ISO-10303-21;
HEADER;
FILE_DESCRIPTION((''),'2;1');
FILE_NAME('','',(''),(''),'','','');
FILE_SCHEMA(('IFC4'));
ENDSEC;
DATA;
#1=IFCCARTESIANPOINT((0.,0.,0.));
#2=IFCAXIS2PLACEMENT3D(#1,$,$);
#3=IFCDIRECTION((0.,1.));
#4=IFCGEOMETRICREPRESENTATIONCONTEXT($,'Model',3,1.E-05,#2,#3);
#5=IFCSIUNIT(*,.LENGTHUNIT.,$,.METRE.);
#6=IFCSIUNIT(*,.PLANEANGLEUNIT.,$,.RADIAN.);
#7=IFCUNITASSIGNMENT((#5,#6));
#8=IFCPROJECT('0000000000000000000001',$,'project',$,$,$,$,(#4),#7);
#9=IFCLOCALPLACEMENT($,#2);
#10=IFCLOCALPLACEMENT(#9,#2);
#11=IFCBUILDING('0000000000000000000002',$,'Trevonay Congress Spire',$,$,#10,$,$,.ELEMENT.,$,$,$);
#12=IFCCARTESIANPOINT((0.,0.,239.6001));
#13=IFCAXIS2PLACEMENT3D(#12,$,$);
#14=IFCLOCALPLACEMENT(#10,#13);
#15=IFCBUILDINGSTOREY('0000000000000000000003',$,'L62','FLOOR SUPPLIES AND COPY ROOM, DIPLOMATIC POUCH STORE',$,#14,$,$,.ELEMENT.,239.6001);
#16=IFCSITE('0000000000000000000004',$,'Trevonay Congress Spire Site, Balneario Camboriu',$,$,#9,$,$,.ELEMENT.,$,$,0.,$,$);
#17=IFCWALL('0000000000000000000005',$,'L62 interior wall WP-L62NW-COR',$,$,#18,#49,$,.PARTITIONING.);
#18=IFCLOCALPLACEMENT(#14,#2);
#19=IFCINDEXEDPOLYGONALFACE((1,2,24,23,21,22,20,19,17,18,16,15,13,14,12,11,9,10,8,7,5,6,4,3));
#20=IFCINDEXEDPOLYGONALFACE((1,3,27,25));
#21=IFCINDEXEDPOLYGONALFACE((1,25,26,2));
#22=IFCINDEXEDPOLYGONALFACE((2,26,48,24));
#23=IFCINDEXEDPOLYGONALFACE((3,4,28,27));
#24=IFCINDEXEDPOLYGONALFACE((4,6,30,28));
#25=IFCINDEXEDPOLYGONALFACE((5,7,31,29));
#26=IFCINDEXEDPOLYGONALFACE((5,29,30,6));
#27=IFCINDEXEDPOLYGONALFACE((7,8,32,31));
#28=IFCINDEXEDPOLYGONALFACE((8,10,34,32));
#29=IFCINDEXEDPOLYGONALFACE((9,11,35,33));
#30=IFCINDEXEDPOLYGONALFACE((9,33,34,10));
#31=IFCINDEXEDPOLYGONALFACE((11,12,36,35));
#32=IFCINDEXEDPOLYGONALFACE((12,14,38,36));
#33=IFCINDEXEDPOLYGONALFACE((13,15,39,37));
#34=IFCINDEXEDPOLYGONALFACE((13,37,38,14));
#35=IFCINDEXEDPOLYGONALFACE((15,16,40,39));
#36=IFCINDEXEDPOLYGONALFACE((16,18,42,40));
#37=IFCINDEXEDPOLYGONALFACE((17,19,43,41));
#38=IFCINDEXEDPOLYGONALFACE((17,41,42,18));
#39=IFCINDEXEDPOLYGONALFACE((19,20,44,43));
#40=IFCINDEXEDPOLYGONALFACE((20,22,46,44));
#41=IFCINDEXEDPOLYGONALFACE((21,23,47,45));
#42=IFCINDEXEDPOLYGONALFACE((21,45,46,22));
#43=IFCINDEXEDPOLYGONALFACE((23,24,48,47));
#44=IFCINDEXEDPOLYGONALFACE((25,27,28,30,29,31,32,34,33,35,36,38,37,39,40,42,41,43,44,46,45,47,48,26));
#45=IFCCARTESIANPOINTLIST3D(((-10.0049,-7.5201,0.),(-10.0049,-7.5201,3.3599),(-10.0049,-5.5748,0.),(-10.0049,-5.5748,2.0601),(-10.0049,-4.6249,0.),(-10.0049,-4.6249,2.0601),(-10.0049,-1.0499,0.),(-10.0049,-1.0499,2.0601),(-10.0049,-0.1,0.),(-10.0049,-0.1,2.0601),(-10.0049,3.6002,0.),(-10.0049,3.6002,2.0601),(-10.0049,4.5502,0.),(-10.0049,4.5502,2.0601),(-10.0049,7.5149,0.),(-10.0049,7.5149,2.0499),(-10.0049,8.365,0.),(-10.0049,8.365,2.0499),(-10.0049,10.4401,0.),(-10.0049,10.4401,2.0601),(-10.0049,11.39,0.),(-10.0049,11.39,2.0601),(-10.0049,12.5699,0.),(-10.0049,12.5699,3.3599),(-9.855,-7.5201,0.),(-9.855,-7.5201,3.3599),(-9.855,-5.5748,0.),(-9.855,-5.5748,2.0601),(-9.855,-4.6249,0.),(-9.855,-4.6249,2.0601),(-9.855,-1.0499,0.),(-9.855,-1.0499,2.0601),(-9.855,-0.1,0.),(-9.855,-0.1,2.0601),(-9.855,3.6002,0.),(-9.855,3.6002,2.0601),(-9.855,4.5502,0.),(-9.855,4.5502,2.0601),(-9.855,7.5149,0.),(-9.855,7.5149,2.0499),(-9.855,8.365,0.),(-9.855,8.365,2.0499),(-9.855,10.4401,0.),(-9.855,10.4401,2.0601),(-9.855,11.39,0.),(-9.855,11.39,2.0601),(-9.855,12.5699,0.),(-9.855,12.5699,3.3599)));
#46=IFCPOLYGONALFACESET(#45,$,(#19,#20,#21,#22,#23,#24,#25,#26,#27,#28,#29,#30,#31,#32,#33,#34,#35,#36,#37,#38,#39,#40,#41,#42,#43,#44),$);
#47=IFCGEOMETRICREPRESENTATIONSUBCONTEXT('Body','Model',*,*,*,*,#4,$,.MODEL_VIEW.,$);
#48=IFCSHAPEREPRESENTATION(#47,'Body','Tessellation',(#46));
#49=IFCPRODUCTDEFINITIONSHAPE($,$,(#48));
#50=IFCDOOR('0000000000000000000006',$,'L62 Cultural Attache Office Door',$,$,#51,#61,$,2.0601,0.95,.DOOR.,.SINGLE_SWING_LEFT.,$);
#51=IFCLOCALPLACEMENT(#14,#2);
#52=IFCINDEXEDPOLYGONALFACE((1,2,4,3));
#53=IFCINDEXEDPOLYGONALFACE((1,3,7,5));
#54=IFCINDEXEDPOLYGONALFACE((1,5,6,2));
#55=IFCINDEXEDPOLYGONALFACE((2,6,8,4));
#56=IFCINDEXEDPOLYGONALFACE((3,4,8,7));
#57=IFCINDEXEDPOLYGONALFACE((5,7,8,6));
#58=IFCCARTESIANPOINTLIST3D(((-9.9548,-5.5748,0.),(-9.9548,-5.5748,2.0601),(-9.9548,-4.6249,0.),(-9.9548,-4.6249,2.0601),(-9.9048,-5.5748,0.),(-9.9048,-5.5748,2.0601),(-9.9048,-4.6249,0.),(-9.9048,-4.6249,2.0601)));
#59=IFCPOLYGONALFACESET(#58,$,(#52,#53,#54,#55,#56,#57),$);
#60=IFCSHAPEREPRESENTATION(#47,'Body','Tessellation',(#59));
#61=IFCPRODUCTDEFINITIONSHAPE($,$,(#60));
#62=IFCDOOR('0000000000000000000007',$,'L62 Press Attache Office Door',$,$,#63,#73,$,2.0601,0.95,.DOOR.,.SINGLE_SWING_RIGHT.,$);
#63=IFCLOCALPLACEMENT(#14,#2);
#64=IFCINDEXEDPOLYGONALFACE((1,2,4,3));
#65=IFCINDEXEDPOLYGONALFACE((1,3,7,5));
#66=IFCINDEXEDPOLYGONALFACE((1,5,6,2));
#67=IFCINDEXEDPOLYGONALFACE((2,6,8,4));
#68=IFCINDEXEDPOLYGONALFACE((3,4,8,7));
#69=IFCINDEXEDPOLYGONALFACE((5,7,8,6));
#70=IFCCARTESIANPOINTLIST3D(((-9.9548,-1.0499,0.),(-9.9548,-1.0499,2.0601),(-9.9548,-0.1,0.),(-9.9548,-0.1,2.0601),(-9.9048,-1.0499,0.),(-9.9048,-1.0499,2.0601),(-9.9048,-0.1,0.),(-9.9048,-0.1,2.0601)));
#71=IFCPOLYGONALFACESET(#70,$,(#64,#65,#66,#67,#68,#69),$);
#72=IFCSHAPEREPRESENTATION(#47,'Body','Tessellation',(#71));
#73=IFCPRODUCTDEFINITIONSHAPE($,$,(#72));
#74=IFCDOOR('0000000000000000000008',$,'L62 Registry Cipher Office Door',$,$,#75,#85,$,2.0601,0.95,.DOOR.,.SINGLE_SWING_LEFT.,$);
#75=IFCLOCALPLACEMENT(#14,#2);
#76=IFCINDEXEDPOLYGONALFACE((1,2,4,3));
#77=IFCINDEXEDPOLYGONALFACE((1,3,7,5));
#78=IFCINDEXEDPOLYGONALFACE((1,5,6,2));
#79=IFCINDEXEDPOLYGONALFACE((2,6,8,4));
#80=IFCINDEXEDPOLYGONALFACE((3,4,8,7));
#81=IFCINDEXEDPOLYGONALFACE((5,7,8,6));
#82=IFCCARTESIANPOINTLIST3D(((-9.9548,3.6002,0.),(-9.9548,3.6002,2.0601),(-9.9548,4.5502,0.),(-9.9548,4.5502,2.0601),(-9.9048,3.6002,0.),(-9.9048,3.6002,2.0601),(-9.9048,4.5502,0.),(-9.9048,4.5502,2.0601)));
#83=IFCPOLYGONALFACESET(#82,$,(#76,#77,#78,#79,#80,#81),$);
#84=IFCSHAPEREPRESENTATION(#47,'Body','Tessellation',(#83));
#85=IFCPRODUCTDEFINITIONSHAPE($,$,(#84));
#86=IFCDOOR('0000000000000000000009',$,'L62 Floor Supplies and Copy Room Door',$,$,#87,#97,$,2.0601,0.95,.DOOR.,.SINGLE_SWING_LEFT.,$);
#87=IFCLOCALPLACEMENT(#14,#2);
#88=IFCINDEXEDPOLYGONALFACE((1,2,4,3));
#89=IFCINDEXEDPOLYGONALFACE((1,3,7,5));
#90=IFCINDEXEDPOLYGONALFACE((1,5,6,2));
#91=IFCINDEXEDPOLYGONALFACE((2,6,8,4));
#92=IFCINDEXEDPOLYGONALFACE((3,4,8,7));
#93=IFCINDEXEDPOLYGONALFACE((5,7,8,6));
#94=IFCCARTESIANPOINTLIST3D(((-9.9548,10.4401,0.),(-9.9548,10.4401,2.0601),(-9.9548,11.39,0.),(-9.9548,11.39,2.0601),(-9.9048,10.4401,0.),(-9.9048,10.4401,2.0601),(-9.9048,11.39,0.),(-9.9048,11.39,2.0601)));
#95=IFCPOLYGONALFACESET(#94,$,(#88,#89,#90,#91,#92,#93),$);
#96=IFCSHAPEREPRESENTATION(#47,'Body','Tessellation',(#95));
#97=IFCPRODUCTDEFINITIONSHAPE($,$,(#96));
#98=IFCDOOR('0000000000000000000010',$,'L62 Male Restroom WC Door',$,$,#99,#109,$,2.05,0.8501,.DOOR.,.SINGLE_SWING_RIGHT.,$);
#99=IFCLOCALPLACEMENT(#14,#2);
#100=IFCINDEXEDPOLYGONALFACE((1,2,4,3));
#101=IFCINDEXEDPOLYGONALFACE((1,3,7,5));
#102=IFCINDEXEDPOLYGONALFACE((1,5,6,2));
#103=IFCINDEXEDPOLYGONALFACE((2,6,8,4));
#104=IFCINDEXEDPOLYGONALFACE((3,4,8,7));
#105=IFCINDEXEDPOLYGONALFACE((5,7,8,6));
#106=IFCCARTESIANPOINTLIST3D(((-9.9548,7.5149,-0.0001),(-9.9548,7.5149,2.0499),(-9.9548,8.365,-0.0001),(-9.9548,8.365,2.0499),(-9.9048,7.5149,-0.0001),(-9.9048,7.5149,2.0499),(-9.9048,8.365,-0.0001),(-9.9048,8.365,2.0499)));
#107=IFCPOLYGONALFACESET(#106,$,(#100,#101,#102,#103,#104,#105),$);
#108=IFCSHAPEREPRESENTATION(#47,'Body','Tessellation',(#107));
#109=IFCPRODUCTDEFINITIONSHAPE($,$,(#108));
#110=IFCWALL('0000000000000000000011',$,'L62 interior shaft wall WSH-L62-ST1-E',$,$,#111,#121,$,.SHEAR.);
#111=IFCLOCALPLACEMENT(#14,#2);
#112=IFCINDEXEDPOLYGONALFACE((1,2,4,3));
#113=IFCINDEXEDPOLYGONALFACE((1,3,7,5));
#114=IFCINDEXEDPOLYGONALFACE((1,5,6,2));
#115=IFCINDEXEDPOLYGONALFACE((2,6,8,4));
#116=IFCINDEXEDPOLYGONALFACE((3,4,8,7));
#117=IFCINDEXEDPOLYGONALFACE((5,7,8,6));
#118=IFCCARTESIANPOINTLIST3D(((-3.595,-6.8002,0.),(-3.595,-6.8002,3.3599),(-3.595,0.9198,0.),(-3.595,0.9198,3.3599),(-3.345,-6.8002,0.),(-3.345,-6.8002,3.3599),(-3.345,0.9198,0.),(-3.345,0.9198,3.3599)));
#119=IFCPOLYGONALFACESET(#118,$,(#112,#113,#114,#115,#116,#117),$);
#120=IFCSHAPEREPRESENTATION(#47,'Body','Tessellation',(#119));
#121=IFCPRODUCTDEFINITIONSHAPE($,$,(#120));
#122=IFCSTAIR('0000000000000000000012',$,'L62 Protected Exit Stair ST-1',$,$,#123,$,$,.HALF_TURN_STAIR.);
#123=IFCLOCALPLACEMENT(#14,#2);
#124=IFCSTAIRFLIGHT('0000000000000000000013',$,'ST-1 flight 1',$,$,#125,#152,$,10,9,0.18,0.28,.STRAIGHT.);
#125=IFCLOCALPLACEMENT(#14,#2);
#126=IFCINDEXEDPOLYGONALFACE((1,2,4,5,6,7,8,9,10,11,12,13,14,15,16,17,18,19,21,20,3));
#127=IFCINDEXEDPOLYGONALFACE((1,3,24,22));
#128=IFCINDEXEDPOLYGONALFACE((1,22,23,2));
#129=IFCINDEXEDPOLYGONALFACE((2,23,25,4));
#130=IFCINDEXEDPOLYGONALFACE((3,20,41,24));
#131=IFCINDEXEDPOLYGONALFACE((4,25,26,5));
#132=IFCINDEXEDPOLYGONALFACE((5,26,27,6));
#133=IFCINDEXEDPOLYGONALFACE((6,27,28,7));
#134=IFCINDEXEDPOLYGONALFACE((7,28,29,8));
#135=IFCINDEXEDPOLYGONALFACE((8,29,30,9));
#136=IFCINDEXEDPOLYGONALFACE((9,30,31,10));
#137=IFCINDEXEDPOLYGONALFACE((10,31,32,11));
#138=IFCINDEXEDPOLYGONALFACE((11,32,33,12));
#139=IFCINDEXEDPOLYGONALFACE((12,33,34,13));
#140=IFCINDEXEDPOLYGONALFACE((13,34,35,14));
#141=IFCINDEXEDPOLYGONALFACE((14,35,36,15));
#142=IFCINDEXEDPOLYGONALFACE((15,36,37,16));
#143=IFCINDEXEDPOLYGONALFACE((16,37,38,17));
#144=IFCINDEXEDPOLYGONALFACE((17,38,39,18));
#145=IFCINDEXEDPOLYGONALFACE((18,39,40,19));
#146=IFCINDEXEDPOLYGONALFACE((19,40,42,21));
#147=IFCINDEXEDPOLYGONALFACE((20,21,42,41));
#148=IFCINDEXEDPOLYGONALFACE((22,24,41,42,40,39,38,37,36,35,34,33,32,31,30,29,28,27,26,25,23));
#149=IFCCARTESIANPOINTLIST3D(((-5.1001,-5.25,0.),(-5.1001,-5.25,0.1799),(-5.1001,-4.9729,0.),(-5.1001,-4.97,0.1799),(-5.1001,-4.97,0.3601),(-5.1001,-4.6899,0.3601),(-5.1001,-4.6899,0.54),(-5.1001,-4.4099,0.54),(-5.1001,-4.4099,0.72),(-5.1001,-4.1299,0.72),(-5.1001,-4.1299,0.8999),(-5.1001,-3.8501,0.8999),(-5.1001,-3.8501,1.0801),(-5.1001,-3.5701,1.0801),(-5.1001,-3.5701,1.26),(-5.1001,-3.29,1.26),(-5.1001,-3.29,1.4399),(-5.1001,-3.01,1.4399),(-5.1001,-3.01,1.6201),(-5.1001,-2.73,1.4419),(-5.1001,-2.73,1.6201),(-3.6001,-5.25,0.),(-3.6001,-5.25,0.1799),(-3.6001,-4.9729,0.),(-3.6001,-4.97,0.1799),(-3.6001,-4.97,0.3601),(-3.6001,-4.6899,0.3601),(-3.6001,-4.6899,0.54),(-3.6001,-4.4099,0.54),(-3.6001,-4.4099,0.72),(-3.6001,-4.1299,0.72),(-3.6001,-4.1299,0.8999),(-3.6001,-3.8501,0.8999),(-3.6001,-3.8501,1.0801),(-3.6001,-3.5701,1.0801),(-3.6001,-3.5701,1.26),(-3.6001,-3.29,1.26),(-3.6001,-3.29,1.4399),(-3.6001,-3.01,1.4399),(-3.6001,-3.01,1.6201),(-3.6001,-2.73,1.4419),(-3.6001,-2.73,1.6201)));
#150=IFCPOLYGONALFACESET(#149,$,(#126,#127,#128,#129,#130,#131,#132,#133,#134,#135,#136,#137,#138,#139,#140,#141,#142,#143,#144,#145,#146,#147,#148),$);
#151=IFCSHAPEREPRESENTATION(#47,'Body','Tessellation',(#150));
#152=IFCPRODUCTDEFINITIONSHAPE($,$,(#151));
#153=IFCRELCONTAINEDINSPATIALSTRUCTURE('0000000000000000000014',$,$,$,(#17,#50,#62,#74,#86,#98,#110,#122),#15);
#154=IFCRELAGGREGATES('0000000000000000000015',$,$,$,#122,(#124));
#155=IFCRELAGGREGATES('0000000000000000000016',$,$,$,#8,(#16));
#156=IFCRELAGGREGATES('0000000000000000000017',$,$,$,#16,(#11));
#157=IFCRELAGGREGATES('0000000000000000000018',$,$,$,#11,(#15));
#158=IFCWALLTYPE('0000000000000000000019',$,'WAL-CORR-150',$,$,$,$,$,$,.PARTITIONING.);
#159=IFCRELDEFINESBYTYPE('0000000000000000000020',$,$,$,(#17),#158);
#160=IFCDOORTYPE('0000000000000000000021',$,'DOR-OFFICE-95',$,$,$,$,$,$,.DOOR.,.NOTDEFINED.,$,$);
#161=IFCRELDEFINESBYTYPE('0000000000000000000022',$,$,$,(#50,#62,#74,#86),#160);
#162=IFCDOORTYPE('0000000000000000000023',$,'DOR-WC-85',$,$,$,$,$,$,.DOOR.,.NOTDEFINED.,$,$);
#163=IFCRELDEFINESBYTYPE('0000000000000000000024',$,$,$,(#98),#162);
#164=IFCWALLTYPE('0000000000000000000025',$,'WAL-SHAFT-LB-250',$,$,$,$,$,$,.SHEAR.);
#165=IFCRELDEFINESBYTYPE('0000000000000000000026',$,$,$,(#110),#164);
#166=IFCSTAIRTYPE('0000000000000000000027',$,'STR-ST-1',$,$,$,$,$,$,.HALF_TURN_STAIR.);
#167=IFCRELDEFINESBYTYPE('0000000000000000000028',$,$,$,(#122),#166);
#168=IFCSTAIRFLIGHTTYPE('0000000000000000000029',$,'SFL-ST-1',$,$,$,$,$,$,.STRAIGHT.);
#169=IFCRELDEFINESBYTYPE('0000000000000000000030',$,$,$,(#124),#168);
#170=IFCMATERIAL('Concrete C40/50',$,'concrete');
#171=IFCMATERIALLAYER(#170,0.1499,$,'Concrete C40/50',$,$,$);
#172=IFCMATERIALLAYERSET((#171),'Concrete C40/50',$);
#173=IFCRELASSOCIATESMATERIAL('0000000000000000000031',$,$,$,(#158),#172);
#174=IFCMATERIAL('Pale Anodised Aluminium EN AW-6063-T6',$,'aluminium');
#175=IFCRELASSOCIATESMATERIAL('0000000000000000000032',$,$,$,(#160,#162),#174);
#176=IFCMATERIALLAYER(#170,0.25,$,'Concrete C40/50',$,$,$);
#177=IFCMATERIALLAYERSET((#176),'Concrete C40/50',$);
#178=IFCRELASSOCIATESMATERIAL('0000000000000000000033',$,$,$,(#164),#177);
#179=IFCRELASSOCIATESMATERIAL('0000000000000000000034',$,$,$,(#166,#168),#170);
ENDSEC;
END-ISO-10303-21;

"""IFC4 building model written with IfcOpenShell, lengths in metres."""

from ifc_helpers import new_model, si_unit, direction, frame, frame_2d, origin, place, context, subcontext, project, spatial, polyline, rectangle, outline, extrude, material, layer, layer_set, type_object, element, fill, aggregate, save


model = new_model("IFC4")

# Units and contexts
model_context = context("Model", 3, precision=1e-05, world=origin(), true_north=direction((0.0, 1.0)))
body_context = subcontext(model_context, "Body", "Model", "MODEL_VIEW")
ifc_project = project(units=[si_unit("LENGTHUNIT", "METRE"), si_unit("PLANEANGLEUNIT", "RADIAN")], contexts=[model_context])

# Site, building, storey
site_placement = place(None, origin())
site = spatial("IfcSite", under=ifc_project, at=site_placement, Name="Trevonay Congress Spire Site, Balneario Camboriu", CompositionType="ELEMENT", RefElevation=0.0)
building_placement = place(site_placement, origin())
building = spatial("IfcBuilding", under=site, at=building_placement, Name="Trevonay Congress Spire", CompositionType="ELEMENT")
storey_placement = place(building_placement, frame((0.0, 0.0, 239.6001)))
storey = spatial("IfcBuildingStorey", under=building, at=storey_placement, Name="L62", Description="FLOOR SUPPLIES AND COPY ROOM, DIPLOMATIC POUCH STORE", CompositionType="ELEMENT", Elevation=239.6001)

# Wall, openings, doors
ifc_material_1 = material(Name="Concrete C40/50", Category="concrete")
ifc_layer_1 = layer(ifc_material_1, 0.1499, Name="Concrete C40/50")
ifc_layer_set_1 = layer_set([ifc_layer_1], Name="Concrete C40/50")
wall_type_1 = type_object("IfcWallType", Name="WAL-CORR-150", PredefinedType="PARTITIONING", material=ifc_layer_set_1)
wall_1_placement = place(storey_placement, frame((-9.9299, -7.52, 0.0), z_axis=(0.0, 0.0, 1.0), x_axis=(0.0, 1.0, 0.0)))
wall_1 = element("IfcWall", 1, at=wall_1_placement, inside=storey, type_object=wall_type_1, Name="L62 interior wall WP-L62NW-COR", PredefinedType="PARTITIONING", context=body_context, shape_type="SweptSolid", body=[
    extrude(rectangle(XDim=20.0901, YDim=0.1499, at=frame_2d((10.0449, 0.0))), origin(), (0.0, 0.0, 1.0), 3.3599),
])
opening_1_placement = place(wall_1_placement, frame((1.9451, 0.0, 0.0)))
opening_1 = element("IfcOpeningElement", 2, at=opening_1_placement, cuts=wall_1, PredefinedType="OPENING", context=body_context, shape_type="SweptSolid", body=[
    extrude(rectangle(XDim=0.95, YDim=2.0601, at=frame_2d((0.4751, 1.03))), frame((0.0, 0.085, 0.0), z_axis=(0.0, -1.0, 0.0), x_axis=(1.0, 0.0, 0.0)), (0.0, 0.0, 1.0), 0.1699),
])
opening_2_placement = place(wall_1_placement, frame((6.47, 0.0, 0.0)))
opening_2 = element("IfcOpeningElement", 3, at=opening_2_placement, cuts=wall_1, PredefinedType="OPENING", context=body_context, shape_type="SweptSolid", body=[
    extrude(rectangle(XDim=0.95, YDim=2.0601, at=frame_2d((0.4751, 1.03))), frame((0.0, 0.085, 0.0), z_axis=(0.0, -1.0, 0.0), x_axis=(1.0, 0.0, 0.0)), (0.0, 0.0, 1.0), 0.1699),
])
opening_3_placement = place(wall_1_placement, frame((11.1201, 0.0, 0.0)))
opening_3 = element("IfcOpeningElement", 4, at=opening_3_placement, cuts=wall_1, PredefinedType="OPENING", context=body_context, shape_type="SweptSolid", body=[
    extrude(rectangle(XDim=0.95, YDim=2.0601, at=frame_2d((0.4751, 1.03))), frame((0.0, 0.085, 0.0), z_axis=(0.0, -1.0, 0.0), x_axis=(1.0, 0.0, 0.0)), (0.0, 0.0, 1.0), 0.1699),
])
opening_4_placement = place(wall_1_placement, frame((15.0349, 0.0, 0.0)))
opening_4 = element("IfcOpeningElement", 5, at=opening_4_placement, cuts=wall_1, PredefinedType="OPENING", context=body_context, shape_type="SweptSolid", body=[
    extrude(rectangle(XDim=0.8501, YDim=2.05, at=frame_2d((0.425, 1.0249))), frame((0.0, 0.085, 0.0), z_axis=(0.0, -1.0, 0.0), x_axis=(1.0, 0.0, 0.0)), (0.0, 0.0, 1.0), 0.1699),
])
opening_5_placement = place(wall_1_placement, frame((17.96, 0.0, 0.0)))
opening_5 = element("IfcOpeningElement", 6, at=opening_5_placement, cuts=wall_1, PredefinedType="OPENING", context=body_context, shape_type="SweptSolid", body=[
    extrude(rectangle(XDim=0.95, YDim=2.0601, at=frame_2d((0.4751, 1.03))), frame((0.0, 0.085, 0.0), z_axis=(0.0, -1.0, 0.0), x_axis=(1.0, 0.0, 0.0)), (0.0, 0.0, 1.0), 0.1699),
])
ifc_material_2 = material(Name="Pale Anodised Aluminium EN AW-6063-T6", Category="aluminium")
door_type_1 = type_object("IfcDoorType", Name="DOR-OFFICE-95", OperationType="NOTDEFINED", PredefinedType="DOOR", material=ifc_material_2)
door_1_placement = place(opening_1_placement, origin())
door_1 = element("IfcDoor", 7, at=door_1_placement, inside=storey, type_object=door_type_1, Name="L62 Cultural Attache Office Door", OperationType="SINGLE_SWING_LEFT", OverallHeight=2.0601, OverallWidth=0.95, PredefinedType="DOOR", context=body_context, shape_type="SweptSolid", body=[
    extrude(rectangle(XDim=0.95, YDim=2.0601, at=frame_2d((0.4751, 1.03))), frame((0.0, 0.0249, 0.0), z_axis=(0.0, -1.0, 0.0), x_axis=(1.0, 0.0, 0.0)), (0.0, 0.0, 1.0), 0.05),
])
fill(opening_1, door_1)
door_2_placement = place(opening_2_placement, origin())
door_2 = element("IfcDoor", 8, at=door_2_placement, inside=storey, type_object=door_type_1, Name="L62 Press Attache Office Door", OperationType="SINGLE_SWING_RIGHT", OverallHeight=2.0601, OverallWidth=0.95, PredefinedType="DOOR", context=body_context, shape_type="SweptSolid", body=[
    extrude(rectangle(XDim=0.95, YDim=2.0601, at=frame_2d((0.4751, 1.03))), frame((0.0, 0.0249, 0.0), z_axis=(0.0, -1.0, 0.0), x_axis=(1.0, 0.0, 0.0)), (0.0, 0.0, 1.0), 0.05),
])
fill(opening_2, door_2)
door_3_placement = place(opening_3_placement, origin())
door_3 = element("IfcDoor", 9, at=door_3_placement, inside=storey, type_object=door_type_1, Name="L62 Registry Cipher Office Door", OperationType="SINGLE_SWING_LEFT", OverallHeight=2.0601, OverallWidth=0.95, PredefinedType="DOOR", context=body_context, shape_type="SweptSolid", body=[
    extrude(rectangle(XDim=0.95, YDim=2.0601, at=frame_2d((0.4751, 1.03))), frame((0.0, 0.0249, 0.0), z_axis=(0.0, -1.0, 0.0), x_axis=(1.0, 0.0, 0.0)), (0.0, 0.0, 1.0), 0.05),
])
fill(opening_3, door_3)
door_4_placement = place(opening_5_placement, origin())
door_4 = element("IfcDoor", 10, at=door_4_placement, inside=storey, type_object=door_type_1, Name="L62 Floor Supplies and Copy Room Door", OperationType="SINGLE_SWING_LEFT", OverallHeight=2.0601, OverallWidth=0.95, PredefinedType="DOOR", context=body_context, shape_type="SweptSolid", body=[
    extrude(rectangle(XDim=0.95, YDim=2.0601, at=frame_2d((0.4751, 1.03))), frame((0.0, 0.0249, 0.0), z_axis=(0.0, -1.0, 0.0), x_axis=(1.0, 0.0, 0.0)), (0.0, 0.0, 1.0), 0.05),
])
fill(opening_5, door_4)
door_type_2 = type_object("IfcDoorType", Name="DOR-WC-85", OperationType="NOTDEFINED", PredefinedType="DOOR", material=ifc_material_2)
door_5_placement = place(opening_4_placement, origin())
door_5 = element("IfcDoor", 11, at=door_5_placement, inside=storey, type_object=door_type_2, Name="L62 Male Restroom WC Door", OperationType="SINGLE_SWING_RIGHT", OverallHeight=2.05, OverallWidth=0.8501, PredefinedType="DOOR", context=body_context, shape_type="SweptSolid", body=[
    extrude(rectangle(XDim=0.8501, YDim=2.05, at=frame_2d((0.425, 1.0249))), frame((0.0, 0.0249, 0.0), z_axis=(0.0, -1.0, 0.0), x_axis=(1.0, 0.0, 0.0)), (0.0, 0.0, 1.0), 0.05),
])
fill(opening_4, door_5)

# Wall
ifc_layer_2 = layer(ifc_material_1, 0.25, Name="Concrete C40/50")
ifc_layer_set_2 = layer_set([ifc_layer_2], Name="Concrete C40/50")
wall_type_2 = type_object("IfcWallType", Name="WAL-SHAFT-LB-250", PredefinedType="SHEAR", material=ifc_layer_set_2)
wall_2_placement = place(storey_placement, frame((-3.47, -6.8, 0.0), z_axis=(0.0, 0.0, 1.0), x_axis=(0.0, 1.0, 0.0)))
element("IfcWall", 12, at=wall_2_placement, inside=storey, type_object=wall_type_2, Name="L62 interior shaft wall WSH-L62-ST1-E", PredefinedType="SHEAR", context=body_context, shape_type="SweptSolid", body=[
    extrude(rectangle(XDim=7.72, YDim=0.25, at=frame_2d((3.8599, 0.0))), origin(), (0.0, 0.0, 1.0), 3.3599),
])

# Stair, stair flight
stair_type = type_object("IfcStairType", Name="STR-ST-1", PredefinedType="HALF_TURN_STAIR", material=ifc_material_1)
stair_placement = place(storey_placement, origin())
stair = element("IfcStair", 13, at=stair_placement, inside=storey, type_object=stair_type, Name="L62 Protected Exit Stair ST-1", PredefinedType="HALF_TURN_STAIR")
stair_flight_type = type_object("IfcStairFlightType", Name="SFL-ST-1", PredefinedType="STRAIGHT", material=ifc_material_1)
stair_flight_1_placement = place(storey_placement, frame((-4.3501, -5.25, 0.0), z_axis=(0.0, 0.0, 1.0), x_axis=(0.0, 1.0, 0.0)))
stair_flight_1 = element("IfcStairFlight", 14, at=stair_flight_1_placement, type_object=stair_flight_type, Name="ST-1 flight 1", NumberOfRisers=10, NumberOfTreads=9, PredefinedType="STRAIGHT", RiserHeight=0.18, TreadLength=0.28, context=body_context, shape_type="SweptSolid", body=[
    extrude(outline(polyline([(0.0, 0.0), (0.0, 0.1799), (0.28, 0.1799), (0.28, 0.3601), (0.5601, 0.3601), (0.5601, 0.54), (0.8401, 0.54), (0.8401, 0.72), (1.1201, 0.72), (1.1201, 0.8999), (1.3999, 0.8999), (1.3999, 1.0801), (1.6799, 1.0801), (1.6799, 1.26), (1.96, 1.26), (1.96, 1.4399), (2.24, 1.4399), (2.24, 1.6201), (2.52, 1.6201), (2.52, 1.8), (2.52, 1.4419), (0.2771, 0.0), (0.0, 0.0)])), frame((0.0, 0.75, 0.0), z_axis=(0.0, -1.0, 0.0), x_axis=(1.0, 0.0, 0.0)), (0.0, 0.0, 1.0), 1.5),
])
aggregate(stair, [stair_flight_1])

save(model, "model.ifc")
